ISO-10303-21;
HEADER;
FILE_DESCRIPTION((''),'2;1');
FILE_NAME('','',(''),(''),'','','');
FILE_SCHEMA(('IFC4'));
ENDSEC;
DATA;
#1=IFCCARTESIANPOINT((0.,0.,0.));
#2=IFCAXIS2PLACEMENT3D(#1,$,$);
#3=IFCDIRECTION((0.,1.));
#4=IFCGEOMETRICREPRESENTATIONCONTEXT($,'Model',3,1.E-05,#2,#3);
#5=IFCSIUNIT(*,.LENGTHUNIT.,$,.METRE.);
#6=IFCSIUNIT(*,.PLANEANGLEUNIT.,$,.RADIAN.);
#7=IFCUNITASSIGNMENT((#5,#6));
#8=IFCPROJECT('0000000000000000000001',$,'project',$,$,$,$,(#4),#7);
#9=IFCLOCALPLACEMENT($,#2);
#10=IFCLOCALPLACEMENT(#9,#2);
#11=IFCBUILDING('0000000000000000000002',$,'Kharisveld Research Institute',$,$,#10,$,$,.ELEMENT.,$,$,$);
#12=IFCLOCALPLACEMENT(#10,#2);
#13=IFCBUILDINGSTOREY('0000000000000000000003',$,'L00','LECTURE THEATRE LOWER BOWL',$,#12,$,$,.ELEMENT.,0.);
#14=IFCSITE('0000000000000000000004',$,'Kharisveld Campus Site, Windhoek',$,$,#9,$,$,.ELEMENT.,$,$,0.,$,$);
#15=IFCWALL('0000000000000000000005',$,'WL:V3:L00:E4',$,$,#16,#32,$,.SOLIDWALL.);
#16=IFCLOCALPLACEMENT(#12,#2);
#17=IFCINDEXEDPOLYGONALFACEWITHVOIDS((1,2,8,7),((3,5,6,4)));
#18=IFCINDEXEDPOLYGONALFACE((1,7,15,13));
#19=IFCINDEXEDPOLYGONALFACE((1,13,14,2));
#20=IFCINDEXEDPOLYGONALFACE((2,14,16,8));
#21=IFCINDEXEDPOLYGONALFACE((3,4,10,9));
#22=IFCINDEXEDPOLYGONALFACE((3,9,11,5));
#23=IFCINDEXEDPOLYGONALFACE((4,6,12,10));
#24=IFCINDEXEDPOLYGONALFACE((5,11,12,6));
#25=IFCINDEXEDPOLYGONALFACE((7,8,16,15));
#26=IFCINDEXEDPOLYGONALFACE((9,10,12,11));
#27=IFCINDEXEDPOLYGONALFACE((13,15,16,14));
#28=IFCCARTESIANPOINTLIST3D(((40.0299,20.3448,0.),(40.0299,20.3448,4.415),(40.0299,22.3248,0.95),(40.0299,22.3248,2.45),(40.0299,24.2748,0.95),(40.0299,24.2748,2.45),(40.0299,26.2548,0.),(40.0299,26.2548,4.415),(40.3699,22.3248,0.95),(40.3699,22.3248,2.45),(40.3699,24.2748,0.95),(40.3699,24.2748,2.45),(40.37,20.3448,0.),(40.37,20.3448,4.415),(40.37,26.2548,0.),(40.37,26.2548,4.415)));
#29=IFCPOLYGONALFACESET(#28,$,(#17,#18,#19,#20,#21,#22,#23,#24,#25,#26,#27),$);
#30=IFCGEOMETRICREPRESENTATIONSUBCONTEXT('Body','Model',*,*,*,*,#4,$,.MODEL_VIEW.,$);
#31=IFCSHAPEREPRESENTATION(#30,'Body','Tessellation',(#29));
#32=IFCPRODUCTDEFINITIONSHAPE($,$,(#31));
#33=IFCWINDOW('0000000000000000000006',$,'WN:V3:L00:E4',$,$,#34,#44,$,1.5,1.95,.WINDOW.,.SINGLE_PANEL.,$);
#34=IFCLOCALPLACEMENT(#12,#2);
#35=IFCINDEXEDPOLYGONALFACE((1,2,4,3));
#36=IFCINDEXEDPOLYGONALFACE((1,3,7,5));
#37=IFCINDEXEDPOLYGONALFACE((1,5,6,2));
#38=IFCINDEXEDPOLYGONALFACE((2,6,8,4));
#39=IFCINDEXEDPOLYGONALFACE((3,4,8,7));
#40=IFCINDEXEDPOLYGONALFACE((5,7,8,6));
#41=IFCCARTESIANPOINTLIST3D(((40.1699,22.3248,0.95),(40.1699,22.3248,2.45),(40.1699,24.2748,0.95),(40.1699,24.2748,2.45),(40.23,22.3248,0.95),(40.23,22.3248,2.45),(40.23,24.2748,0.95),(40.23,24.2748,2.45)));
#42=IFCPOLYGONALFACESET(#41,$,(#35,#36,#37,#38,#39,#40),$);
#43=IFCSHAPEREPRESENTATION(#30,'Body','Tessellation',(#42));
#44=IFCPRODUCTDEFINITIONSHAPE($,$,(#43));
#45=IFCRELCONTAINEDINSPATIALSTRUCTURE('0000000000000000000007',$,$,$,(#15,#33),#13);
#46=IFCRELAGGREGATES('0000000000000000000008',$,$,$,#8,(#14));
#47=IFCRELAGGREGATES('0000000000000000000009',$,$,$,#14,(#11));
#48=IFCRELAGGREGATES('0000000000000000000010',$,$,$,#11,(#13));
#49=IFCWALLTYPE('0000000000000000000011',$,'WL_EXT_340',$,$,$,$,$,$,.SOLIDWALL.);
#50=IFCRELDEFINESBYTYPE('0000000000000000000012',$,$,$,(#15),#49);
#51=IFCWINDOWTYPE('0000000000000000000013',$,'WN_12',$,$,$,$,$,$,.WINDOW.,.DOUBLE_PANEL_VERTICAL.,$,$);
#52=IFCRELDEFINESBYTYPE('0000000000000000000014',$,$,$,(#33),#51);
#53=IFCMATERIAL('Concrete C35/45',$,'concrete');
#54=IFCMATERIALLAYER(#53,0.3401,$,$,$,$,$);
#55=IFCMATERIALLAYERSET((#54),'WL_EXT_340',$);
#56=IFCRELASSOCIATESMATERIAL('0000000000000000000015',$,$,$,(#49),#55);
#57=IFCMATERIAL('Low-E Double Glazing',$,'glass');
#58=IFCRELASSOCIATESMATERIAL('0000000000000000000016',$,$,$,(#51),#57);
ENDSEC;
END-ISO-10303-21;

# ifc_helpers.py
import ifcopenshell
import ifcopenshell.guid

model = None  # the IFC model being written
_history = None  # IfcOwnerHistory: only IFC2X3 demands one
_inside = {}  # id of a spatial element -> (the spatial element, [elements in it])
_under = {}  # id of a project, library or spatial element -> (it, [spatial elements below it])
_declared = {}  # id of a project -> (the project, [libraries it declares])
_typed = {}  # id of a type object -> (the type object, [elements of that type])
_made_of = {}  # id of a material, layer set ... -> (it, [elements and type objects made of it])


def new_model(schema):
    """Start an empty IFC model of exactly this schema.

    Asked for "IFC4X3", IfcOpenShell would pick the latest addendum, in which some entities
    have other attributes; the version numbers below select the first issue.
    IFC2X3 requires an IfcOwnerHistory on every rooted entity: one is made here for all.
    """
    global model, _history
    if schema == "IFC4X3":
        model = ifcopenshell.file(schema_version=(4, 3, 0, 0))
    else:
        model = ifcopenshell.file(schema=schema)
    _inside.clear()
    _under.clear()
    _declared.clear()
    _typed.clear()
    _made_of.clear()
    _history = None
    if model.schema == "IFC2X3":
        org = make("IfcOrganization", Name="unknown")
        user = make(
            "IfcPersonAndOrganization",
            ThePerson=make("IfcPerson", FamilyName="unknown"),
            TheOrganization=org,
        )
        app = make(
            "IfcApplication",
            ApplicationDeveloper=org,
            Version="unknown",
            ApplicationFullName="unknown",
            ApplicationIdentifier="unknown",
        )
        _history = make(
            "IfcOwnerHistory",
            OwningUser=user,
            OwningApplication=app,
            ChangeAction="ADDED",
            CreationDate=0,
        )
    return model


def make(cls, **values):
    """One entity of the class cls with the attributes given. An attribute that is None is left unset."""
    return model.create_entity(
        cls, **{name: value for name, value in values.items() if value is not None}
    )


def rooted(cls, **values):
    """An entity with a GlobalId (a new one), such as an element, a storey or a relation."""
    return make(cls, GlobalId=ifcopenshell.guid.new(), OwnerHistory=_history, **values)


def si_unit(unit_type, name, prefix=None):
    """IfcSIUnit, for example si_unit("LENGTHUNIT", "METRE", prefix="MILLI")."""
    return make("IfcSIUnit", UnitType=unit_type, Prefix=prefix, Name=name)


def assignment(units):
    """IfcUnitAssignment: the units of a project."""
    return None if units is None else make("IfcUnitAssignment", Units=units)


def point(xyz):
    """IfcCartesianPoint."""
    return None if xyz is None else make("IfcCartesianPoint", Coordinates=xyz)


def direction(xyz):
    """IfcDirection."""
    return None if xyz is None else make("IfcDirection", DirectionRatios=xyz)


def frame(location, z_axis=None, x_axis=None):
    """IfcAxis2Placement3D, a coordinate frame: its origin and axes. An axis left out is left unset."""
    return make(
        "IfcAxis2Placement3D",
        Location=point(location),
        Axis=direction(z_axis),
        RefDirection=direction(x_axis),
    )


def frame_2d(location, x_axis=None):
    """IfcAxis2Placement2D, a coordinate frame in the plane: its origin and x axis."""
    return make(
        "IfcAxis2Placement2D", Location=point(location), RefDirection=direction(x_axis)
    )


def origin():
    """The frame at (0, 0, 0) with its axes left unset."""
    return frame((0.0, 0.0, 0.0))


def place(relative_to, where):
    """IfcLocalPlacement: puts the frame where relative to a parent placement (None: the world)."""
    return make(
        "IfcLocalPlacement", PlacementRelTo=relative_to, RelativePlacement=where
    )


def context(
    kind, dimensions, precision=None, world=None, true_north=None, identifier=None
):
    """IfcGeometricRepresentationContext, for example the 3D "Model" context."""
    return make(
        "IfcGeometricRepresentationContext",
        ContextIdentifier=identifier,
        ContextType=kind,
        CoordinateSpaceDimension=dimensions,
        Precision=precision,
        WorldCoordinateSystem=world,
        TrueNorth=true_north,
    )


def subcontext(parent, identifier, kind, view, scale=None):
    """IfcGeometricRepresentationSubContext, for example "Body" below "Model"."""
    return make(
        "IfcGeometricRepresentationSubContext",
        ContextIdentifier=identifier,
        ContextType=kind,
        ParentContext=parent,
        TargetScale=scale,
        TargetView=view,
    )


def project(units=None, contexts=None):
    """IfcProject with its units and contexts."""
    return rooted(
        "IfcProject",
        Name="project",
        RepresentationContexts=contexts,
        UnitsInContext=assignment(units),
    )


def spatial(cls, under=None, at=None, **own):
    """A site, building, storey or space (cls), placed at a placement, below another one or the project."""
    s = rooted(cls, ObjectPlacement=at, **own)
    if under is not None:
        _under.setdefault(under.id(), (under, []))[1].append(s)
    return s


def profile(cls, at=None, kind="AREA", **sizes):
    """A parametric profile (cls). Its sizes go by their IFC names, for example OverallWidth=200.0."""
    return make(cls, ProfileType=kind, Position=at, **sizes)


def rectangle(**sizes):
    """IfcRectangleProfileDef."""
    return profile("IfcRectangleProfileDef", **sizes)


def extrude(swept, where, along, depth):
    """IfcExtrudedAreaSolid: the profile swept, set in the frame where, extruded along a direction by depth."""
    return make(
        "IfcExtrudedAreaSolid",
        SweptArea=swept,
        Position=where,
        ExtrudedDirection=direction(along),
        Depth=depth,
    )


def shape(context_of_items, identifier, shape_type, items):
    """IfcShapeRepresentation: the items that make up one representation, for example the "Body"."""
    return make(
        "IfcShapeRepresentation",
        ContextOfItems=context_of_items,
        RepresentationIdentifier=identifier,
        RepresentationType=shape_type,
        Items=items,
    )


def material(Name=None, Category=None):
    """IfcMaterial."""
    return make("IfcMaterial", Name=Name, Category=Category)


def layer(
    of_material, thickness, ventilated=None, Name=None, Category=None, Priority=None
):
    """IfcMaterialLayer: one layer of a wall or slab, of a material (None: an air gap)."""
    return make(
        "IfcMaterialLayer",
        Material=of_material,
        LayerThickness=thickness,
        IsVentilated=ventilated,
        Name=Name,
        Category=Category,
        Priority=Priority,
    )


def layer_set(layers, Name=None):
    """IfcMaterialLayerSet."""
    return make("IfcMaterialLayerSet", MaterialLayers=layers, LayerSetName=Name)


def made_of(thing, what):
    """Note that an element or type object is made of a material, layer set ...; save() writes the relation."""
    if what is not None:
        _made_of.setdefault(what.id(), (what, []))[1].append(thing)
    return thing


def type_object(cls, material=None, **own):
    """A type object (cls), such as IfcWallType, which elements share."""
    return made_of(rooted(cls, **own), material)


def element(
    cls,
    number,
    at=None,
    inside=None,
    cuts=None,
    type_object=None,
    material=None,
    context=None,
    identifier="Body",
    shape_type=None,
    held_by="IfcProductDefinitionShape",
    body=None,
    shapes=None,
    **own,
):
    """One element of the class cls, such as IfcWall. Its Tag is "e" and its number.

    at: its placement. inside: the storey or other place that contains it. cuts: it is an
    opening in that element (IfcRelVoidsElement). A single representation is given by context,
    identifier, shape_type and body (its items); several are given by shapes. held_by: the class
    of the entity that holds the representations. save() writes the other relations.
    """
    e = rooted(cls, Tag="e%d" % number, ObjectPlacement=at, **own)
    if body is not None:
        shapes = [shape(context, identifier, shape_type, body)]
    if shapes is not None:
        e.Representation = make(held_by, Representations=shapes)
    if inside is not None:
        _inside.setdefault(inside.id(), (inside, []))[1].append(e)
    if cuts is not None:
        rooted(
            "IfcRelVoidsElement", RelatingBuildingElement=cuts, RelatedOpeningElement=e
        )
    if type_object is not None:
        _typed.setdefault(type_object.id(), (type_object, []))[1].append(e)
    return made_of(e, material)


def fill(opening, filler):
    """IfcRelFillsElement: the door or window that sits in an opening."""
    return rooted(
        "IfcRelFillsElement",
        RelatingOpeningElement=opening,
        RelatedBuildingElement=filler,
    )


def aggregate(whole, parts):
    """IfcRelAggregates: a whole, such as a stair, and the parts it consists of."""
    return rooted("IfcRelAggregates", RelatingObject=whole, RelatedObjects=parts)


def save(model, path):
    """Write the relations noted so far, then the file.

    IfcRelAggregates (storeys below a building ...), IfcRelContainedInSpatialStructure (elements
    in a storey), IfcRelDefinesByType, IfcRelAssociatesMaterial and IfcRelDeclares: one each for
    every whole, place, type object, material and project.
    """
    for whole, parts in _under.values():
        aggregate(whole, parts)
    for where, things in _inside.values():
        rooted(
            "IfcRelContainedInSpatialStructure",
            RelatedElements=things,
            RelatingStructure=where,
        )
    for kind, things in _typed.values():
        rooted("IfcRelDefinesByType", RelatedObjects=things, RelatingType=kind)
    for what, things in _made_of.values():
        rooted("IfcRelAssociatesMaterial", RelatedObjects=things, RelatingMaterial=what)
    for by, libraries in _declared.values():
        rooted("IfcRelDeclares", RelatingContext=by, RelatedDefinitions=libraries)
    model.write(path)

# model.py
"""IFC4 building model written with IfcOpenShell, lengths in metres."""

from ifc_helpers import new_model, si_unit, direction, frame, frame_2d, origin, place, context, subcontext, project, spatial, rectangle, extrude, material, layer, layer_set, type_object, element, fill, save


model = new_model("IFC4")

# Units and contexts
model_context = context("Model", 3, precision=1e-05, world=origin(), true_north=direction((0.0, 1.0)))
body_context = subcontext(model_context, "Body", "Model", "MODEL_VIEW")
ifc_project = project(units=[si_unit("LENGTHUNIT", "METRE"), si_unit("PLANEANGLEUNIT", "RADIAN")], contexts=[model_context])

# Site, building, storey
site_placement = place(None, origin())
site = spatial("IfcSite", under=ifc_project, at=site_placement, Name="Kharisveld Campus Site, Windhoek", CompositionType="ELEMENT", RefElevation=0.0)
building_placement = place(site_placement, origin())
building = spatial("IfcBuilding", under=site, at=building_placement, Name="Kharisveld Research Institute", CompositionType="ELEMENT")
storey_placement = place(building_placement, origin())
storey = spatial("IfcBuildingStorey", under=building, at=storey_placement, Name="L00", Description="LECTURE THEATRE LOWER BOWL", CompositionType="ELEMENT", Elevation=0.0)

# Wall, opening, window
ifc_material_1 = material(Name="Concrete C35/45", Category="concrete")
ifc_layer_1 = layer(ifc_material_1, 0.3401)
ifc_layer_set_1 = layer_set([ifc_layer_1], Name="WL_EXT_340")
wall_type = type_object("IfcWallType", Name="WL_EXT_340", PredefinedType="SOLIDWALL", material=ifc_layer_set_1)
wall_placement = place(storey_placement, frame((40.2, 26.2549, 0.0), z_axis=(0.0, 0.0, 1.0), x_axis=(0.0, -1.0, 0.0)))
wall = element("IfcWall", 1, at=wall_placement, inside=storey, type_object=wall_type, Name="WL:V3:L00:E4", PredefinedType="SOLIDWALL", context=body_context, shape_type="SweptSolid", body=[
    extrude(rectangle(XDim=5.9099, YDim=0.3401, at=frame_2d((2.9551, 0.0))), origin(), (0.0, 0.0, 1.0), 4.415),
])
opening_placement = place(wall_placement, frame((1.98, 0.0, 0.95)))
opening = element("IfcOpeningElement", 2, at=opening_placement, cuts=wall, PredefinedType="OPENING", context=body_context, shape_type="SweptSolid", body=[
    extrude(rectangle(XDim=1.95, YDim=1.5, at=frame_2d((0.9751, 0.75))), frame((0.0, 0.1699, 0.0), z_axis=(0.0, -1.0, 0.0), x_axis=(1.0, 0.0, 0.0)), (0.0, 0.0, 1.0), 0.3401),
])
ifc_material_2 = material(Name="Low-E Double Glazing", Category="glass")
window_type = type_object("IfcWindowType", Name="WN_12", PartitioningType="DOUBLE_PANEL_VERTICAL", PredefinedType="WINDOW", material=ifc_material_2)
window_placement = place(opening_placement, origin())
window = element("IfcWindow", 3, at=window_placement, inside=storey, type_object=window_type, Name="WN:V3:L00:E4", OverallHeight=1.5, OverallWidth=1.95, PartitioningType="SINGLE_PANEL", PredefinedType="WINDOW", context=body_context, shape_type="SweptSolid", body=[
    extrude(rectangle(XDim=1.95, YDim=1.5, at=frame_2d((0.9751, 0.75))), frame((0.0, 0.03, 0.0), z_axis=(0.0, -1.0, 0.0), x_axis=(1.0, 0.0, 0.0)), (0.0, 0.0, 1.0), 0.0601),
])
fill(opening, window)

save(model, "model.ifc")
